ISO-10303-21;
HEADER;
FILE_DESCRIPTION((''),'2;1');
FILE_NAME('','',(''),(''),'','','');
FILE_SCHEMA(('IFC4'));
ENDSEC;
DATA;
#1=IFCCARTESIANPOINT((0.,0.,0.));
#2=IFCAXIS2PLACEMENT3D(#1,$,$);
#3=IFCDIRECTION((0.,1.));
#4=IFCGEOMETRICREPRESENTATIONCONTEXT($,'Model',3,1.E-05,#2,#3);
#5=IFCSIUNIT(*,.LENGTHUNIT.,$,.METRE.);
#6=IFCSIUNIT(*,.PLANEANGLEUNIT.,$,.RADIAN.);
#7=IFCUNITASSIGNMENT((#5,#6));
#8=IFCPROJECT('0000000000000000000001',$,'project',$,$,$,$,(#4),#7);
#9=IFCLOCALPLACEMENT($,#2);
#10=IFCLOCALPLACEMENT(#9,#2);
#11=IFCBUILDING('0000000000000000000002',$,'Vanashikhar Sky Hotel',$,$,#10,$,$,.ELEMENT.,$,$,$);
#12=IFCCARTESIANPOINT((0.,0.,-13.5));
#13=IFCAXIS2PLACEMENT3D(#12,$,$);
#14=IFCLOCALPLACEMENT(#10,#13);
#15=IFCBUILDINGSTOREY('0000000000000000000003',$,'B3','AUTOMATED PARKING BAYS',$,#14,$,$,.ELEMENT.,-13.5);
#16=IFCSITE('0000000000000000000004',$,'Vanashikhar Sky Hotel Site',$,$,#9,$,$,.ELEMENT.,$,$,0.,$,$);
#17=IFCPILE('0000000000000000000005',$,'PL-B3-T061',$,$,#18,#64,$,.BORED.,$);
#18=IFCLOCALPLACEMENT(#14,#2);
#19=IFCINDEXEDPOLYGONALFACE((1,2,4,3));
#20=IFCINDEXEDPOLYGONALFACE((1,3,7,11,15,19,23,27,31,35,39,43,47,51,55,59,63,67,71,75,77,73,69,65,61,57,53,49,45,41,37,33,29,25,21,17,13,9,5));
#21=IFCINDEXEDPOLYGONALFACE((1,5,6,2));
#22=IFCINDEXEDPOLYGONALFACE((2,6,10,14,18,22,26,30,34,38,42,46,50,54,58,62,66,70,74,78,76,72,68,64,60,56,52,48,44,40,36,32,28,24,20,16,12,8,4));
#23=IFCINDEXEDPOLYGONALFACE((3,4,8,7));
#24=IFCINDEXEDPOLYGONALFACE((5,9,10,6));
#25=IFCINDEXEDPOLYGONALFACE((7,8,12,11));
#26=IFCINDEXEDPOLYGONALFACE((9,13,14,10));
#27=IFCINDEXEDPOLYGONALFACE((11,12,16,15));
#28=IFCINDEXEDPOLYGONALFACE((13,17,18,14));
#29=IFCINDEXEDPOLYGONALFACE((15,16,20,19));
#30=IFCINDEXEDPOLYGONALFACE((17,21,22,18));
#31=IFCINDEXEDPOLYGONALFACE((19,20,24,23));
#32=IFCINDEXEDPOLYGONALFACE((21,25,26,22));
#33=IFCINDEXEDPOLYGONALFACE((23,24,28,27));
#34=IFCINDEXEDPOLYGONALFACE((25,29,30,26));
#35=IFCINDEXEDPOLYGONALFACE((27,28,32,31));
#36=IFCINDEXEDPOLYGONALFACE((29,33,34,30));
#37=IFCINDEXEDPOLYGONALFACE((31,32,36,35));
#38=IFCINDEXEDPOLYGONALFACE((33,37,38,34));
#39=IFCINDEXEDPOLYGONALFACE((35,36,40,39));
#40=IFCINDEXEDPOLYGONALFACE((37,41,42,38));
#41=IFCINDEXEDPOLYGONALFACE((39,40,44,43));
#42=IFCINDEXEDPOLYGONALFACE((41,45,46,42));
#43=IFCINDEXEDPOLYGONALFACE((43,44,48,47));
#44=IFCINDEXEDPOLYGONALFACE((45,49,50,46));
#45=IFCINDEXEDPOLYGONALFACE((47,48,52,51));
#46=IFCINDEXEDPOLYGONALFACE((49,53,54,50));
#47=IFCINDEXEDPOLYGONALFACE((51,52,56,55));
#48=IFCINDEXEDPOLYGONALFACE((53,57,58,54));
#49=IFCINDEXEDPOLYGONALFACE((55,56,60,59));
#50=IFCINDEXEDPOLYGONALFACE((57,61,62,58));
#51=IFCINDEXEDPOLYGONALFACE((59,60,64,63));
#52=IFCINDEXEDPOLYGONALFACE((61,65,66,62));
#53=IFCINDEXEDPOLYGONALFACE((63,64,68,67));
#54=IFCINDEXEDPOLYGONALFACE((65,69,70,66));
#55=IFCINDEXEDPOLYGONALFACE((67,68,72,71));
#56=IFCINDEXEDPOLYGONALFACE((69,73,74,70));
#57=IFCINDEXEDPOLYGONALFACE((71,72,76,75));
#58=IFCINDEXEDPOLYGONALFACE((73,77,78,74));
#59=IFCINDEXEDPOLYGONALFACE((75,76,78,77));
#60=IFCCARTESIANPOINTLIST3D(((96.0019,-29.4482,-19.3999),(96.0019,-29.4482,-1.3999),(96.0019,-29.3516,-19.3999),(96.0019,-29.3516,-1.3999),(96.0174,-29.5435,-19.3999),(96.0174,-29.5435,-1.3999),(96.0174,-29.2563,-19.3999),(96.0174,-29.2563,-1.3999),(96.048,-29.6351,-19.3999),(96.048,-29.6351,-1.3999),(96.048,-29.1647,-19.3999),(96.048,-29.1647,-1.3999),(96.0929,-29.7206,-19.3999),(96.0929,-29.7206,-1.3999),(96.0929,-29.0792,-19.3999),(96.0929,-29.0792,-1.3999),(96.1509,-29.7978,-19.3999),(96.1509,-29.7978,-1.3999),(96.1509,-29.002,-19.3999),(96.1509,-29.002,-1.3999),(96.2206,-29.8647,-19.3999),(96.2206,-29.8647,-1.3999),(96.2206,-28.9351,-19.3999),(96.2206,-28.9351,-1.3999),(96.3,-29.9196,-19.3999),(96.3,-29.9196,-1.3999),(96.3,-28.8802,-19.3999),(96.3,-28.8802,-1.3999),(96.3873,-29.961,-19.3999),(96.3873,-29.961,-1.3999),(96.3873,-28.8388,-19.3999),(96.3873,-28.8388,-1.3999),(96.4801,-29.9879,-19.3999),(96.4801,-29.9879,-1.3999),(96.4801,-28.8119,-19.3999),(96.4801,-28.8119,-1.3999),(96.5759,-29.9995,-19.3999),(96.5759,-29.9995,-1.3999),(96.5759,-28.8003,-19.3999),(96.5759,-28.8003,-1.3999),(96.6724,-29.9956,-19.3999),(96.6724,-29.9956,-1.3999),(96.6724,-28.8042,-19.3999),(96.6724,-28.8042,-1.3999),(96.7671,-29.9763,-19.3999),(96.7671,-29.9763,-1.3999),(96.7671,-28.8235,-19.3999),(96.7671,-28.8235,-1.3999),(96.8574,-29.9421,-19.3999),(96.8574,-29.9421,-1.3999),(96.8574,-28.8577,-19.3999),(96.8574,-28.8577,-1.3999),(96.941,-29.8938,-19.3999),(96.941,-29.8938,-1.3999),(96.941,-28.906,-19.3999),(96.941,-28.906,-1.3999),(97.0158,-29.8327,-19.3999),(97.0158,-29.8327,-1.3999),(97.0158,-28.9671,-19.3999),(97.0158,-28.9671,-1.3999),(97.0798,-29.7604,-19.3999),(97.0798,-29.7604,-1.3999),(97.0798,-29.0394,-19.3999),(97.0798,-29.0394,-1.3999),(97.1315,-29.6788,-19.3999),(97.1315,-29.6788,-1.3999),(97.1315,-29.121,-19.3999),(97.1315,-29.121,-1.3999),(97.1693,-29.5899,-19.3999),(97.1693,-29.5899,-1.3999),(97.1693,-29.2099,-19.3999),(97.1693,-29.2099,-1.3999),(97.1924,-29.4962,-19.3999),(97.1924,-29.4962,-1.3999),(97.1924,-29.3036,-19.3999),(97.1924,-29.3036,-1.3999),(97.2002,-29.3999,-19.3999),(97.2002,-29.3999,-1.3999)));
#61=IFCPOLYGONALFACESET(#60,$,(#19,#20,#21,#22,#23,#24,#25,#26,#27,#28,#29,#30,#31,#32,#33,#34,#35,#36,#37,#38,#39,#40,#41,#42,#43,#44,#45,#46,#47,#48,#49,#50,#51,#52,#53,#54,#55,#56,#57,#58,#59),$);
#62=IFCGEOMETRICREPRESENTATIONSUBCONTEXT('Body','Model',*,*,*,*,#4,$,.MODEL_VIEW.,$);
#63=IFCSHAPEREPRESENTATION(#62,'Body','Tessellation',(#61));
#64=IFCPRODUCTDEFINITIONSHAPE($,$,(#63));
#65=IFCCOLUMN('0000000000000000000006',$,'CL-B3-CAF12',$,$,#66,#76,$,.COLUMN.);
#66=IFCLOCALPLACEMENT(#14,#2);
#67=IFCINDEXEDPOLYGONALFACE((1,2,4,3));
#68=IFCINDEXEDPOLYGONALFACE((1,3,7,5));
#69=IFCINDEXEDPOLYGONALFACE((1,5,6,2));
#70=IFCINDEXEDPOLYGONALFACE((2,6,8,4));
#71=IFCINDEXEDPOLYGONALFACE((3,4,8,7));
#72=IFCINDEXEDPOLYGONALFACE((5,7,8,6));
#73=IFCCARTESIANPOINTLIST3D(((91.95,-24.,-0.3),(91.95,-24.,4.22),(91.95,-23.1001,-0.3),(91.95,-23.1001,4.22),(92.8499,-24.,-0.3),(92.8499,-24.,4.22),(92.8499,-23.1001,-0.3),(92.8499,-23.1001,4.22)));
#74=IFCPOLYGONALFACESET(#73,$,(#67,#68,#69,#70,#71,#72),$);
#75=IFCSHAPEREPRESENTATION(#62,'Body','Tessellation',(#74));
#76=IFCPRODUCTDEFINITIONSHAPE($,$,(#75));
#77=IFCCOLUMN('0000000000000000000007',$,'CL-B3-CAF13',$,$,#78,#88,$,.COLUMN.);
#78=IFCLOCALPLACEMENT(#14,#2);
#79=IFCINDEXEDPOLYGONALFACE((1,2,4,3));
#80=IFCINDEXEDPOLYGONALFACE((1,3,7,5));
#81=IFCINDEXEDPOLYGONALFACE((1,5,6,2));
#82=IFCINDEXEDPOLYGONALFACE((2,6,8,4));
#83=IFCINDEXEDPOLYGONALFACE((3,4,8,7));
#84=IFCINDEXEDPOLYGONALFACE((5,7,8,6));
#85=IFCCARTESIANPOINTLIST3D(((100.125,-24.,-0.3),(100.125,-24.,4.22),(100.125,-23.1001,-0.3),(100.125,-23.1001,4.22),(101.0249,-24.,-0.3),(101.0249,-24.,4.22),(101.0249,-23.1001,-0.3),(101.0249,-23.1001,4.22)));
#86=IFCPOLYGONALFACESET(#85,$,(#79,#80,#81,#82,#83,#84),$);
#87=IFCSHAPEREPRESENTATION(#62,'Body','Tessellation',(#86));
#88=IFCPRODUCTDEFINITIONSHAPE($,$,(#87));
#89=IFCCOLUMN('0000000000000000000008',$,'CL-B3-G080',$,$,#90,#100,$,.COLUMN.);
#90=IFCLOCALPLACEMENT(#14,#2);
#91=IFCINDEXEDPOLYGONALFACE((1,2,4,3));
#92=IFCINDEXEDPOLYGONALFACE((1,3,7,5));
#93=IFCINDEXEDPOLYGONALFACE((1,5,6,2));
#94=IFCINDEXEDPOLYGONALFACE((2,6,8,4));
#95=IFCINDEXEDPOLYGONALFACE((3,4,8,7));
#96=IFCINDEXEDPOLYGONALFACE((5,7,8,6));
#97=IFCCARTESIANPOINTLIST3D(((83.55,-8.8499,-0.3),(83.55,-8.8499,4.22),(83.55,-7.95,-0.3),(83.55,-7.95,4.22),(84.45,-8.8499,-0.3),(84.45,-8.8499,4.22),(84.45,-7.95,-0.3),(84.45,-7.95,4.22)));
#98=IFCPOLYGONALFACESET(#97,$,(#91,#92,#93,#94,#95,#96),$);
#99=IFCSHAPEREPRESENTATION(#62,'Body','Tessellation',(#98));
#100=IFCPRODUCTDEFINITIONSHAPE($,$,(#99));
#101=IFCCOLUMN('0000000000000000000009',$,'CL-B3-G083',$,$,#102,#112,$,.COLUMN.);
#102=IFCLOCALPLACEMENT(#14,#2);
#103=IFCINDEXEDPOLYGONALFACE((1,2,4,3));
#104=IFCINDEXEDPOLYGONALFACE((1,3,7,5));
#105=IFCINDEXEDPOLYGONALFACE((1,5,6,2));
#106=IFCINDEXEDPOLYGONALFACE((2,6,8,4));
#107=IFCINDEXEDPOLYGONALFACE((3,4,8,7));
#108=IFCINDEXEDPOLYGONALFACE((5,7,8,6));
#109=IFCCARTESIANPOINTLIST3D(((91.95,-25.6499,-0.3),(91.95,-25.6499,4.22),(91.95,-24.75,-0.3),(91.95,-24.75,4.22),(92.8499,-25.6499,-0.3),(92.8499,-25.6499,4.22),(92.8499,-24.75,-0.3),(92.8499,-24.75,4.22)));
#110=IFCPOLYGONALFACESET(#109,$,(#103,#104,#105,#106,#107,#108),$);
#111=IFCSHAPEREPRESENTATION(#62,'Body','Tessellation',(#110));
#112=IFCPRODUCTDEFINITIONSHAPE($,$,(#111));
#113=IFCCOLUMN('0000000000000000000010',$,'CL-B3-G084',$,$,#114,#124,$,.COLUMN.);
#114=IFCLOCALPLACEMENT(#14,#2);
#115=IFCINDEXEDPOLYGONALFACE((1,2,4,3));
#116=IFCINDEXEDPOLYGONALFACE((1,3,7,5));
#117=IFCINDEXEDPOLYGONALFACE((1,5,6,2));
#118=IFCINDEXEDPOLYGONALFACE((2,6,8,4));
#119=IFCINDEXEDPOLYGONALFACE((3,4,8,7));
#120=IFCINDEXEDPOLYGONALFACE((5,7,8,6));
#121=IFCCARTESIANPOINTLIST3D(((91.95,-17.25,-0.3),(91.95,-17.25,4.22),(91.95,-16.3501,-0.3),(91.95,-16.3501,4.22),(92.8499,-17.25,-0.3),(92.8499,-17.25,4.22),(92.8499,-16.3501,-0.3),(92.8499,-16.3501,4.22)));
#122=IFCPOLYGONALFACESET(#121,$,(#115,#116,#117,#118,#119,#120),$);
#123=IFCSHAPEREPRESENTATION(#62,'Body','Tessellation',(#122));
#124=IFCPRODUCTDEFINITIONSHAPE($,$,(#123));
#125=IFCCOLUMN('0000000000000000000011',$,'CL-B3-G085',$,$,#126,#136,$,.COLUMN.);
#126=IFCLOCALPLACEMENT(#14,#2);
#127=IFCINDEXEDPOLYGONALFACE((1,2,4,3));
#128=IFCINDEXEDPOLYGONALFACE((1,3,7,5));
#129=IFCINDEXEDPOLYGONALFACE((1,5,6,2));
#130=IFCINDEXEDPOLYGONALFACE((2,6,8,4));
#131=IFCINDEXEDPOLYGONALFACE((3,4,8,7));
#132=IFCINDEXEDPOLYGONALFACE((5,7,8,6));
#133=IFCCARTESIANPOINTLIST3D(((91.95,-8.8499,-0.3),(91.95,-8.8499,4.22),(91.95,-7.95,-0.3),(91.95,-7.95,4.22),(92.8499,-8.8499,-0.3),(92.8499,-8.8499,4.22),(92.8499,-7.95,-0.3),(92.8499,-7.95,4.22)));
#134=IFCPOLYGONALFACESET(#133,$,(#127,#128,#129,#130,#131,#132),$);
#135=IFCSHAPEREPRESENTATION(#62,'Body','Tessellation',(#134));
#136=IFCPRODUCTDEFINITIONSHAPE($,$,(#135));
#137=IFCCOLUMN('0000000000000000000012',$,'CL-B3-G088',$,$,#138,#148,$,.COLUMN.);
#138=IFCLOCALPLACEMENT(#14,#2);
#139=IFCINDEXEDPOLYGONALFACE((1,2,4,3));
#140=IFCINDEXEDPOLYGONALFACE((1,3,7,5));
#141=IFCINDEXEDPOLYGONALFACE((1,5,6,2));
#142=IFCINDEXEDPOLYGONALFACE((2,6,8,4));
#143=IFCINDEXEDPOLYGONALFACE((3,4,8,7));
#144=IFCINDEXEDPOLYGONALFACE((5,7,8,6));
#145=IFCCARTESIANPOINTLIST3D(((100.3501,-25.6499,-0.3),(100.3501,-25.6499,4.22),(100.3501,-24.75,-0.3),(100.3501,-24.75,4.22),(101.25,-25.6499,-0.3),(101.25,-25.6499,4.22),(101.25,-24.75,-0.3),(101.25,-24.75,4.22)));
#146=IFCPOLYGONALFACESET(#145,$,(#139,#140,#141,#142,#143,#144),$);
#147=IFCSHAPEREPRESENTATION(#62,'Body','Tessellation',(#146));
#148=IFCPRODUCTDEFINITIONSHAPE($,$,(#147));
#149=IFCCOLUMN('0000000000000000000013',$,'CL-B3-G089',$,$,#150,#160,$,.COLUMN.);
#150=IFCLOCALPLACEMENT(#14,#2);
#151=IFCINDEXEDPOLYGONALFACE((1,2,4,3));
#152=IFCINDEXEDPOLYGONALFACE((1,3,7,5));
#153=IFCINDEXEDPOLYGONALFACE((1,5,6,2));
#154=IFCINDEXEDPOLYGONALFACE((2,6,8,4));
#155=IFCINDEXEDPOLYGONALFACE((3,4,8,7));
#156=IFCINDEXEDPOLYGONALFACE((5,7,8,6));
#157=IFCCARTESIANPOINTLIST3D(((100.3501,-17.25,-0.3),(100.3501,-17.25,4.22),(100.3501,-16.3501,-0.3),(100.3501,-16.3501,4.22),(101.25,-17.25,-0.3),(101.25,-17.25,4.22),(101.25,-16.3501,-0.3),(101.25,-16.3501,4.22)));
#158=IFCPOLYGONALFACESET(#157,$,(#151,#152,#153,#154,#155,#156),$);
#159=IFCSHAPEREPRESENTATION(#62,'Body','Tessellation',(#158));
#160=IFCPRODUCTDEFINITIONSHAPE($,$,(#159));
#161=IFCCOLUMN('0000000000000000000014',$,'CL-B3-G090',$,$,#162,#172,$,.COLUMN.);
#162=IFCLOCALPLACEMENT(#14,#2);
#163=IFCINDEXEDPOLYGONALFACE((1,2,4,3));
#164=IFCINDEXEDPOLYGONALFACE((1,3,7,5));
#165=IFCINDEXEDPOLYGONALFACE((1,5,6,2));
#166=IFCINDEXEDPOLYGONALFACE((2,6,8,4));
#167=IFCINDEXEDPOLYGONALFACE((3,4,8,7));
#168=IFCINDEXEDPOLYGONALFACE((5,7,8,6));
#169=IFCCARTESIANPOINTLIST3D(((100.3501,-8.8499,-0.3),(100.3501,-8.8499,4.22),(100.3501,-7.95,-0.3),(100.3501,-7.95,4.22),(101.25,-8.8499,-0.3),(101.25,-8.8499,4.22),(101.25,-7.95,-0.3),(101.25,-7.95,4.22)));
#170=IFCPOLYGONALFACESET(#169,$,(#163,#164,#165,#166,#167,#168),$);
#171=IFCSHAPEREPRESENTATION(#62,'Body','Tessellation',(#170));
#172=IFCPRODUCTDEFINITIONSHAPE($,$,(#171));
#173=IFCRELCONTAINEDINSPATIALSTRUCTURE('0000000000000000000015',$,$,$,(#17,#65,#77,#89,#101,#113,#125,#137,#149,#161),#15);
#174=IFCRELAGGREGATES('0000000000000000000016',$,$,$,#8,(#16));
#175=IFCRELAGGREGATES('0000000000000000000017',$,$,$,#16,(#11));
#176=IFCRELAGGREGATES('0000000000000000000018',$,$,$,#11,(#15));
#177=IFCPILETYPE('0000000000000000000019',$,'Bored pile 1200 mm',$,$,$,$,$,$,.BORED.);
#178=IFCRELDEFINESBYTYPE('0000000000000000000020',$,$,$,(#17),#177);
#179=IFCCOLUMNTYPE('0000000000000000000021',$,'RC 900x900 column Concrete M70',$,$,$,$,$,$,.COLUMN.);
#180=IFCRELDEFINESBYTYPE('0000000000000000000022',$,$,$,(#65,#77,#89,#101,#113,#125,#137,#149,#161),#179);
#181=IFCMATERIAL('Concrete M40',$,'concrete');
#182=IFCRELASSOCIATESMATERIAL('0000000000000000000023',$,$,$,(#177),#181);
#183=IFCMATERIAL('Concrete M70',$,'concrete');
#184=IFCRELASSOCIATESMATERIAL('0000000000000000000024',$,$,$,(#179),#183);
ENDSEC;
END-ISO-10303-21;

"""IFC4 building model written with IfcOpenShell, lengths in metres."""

from ifc_helpers import new_model, si_unit, direction, frame, origin, origin_2d, place, context, subcontext, project, spatial, rectangle, circle, extrude, source, transform, mapped, material, material_profile, profile_set, type_object, element, save


model = new_model("IFC4")

# Units and contexts
model_context = context("Model", 3, precision=1e-05, world=origin(), true_north=direction((0.0, 1.0)))
body_context = subcontext(model_context, "Body", "Model", "MODEL_VIEW")
ifc_project = project(units=[si_unit("LENGTHUNIT", "METRE"), si_unit("PLANEANGLEUNIT", "RADIAN")], contexts=[model_context])

# Site, building, storey
site_placement = place(None, origin())
site = spatial("IfcSite", under=ifc_project, at=site_placement, Name="Vanashikhar Sky Hotel Site", CompositionType="ELEMENT", RefElevation=0.0)
building_placement = place(site_placement, origin())
building = spatial("IfcBuilding", under=site, at=building_placement, Name="Vanashikhar Sky Hotel", CompositionType="ELEMENT")
storey_placement = place(building_placement, frame((0.0, 0.0, -13.5)))
storey = spatial("IfcBuildingStorey", under=building, at=storey_placement, Name="B3", Description="AUTOMATED PARKING BAYS", CompositionType="ELEMENT", Elevation=-13.5)

# Pile
ifc_material_1 = material(Name="Concrete M40", Category="concrete")
pile_type_1 = type_object("IfcPileType", Name="Bored pile 1200 mm", PredefinedType="BORED", material=ifc_material_1)
shared_shape_1 = source(origin(), body_context, "Body", "SweptSolid", [
    extrude(circle(Radius=0.6001, at=origin_2d()), origin(), (0.0, 0.0, 1.0), 18.0),
])
for number, where, z_axis, x_axis, name in (
    (1, (96.6001, -29.3999, -1.3999), (0.0, 0.0, -1.0), (1.0, 0.0, 0.0), "PL-B3-T061"),
):
    element("IfcPile", number, at=place(storey_placement, frame(where, z_axis=z_axis, x_axis=x_axis)), inside=storey, type_object=pile_type_1, Name=name, PredefinedType="BORED", context=body_context, shape_type="MappedRepresentation", body=[
        mapped(shared_shape_1, transform((0.0, 0.0, 0.0), scale=1.0)),
    ])

# Columns
ifc_material_2 = material(Name="Concrete M70", Category="concrete")
ifc_material_profile = material_profile(ifc_material_2, rectangle(XDim=0.8999, YDim=0.8999, at=origin_2d()))
ifc_profile_set = profile_set([ifc_material_profile], Name="RC 900x900 column Concrete M70")
column_type = type_object("IfcColumnType", Name="RC 900x900 column Concrete M70", PredefinedType="COLUMN", material=ifc_profile_set)
shared_shape_2 = source(origin(), body_context, "Body", "SweptSolid", [
    extrude(rectangle(XDim=0.8999, YDim=0.8999, at=origin_2d()), origin(), (0.0, 0.0, 1.0), 4.52),
])
for number, where, z_axis, x_axis, name in (
    (2, (92.3999, -23.55, -0.3), (0.0, 0.0, 1.0), (1.0, 0.0, 0.0), "CL-B3-CAF12"),
    (3, (100.575, -23.55, -0.3), (0.0, 0.0, 1.0), (1.0, 0.0, 0.0), "CL-B3-CAF13"),
    (4, (84.0, -8.3999, -0.3), (0.0, 0.0, 1.0), (1.0, 0.0, 0.0), "CL-B3-G080"),
    (5, (92.3999, -25.2, -0.3), (0.0, 0.0, 1.0), (1.0, 0.0, 0.0), "CL-B3-G083"),
    (6, (92.3999, -16.8, -0.3), (0.0, 0.0, 1.0), (1.0, 0.0, 0.0), "CL-B3-G084"),
    (7, (92.3999, -8.3999, -0.3), (0.0, 0.0, 1.0), (1.0, 0.0, 0.0), "CL-B3-G085"),
    (8, (100.8, -25.2, -0.3), (0.0, 0.0, 1.0), (1.0, 0.0, 0.0), "CL-B3-G088"),
    (9, (100.8, -16.8, -0.3), (0.0, 0.0, 1.0), (1.0, 0.0, 0.0), "CL-B3-G089"),
    (10, (100.8, -8.3999, -0.3), (0.0, 0.0, 1.0), (1.0, 0.0, 0.0), "CL-B3-G090"),
):
    element("IfcColumn", number, at=place(storey_placement, frame(where, z_axis=z_axis, x_axis=x_axis)), inside=storey, type_object=column_type, Name=name, PredefinedType="COLUMN", context=body_context, shape_type="MappedRepresentation", body=[
        mapped(shared_shape_2, transform((0.0, 0.0, 0.0), scale=1.0)),
    ])

save(model, "model.ifc")
